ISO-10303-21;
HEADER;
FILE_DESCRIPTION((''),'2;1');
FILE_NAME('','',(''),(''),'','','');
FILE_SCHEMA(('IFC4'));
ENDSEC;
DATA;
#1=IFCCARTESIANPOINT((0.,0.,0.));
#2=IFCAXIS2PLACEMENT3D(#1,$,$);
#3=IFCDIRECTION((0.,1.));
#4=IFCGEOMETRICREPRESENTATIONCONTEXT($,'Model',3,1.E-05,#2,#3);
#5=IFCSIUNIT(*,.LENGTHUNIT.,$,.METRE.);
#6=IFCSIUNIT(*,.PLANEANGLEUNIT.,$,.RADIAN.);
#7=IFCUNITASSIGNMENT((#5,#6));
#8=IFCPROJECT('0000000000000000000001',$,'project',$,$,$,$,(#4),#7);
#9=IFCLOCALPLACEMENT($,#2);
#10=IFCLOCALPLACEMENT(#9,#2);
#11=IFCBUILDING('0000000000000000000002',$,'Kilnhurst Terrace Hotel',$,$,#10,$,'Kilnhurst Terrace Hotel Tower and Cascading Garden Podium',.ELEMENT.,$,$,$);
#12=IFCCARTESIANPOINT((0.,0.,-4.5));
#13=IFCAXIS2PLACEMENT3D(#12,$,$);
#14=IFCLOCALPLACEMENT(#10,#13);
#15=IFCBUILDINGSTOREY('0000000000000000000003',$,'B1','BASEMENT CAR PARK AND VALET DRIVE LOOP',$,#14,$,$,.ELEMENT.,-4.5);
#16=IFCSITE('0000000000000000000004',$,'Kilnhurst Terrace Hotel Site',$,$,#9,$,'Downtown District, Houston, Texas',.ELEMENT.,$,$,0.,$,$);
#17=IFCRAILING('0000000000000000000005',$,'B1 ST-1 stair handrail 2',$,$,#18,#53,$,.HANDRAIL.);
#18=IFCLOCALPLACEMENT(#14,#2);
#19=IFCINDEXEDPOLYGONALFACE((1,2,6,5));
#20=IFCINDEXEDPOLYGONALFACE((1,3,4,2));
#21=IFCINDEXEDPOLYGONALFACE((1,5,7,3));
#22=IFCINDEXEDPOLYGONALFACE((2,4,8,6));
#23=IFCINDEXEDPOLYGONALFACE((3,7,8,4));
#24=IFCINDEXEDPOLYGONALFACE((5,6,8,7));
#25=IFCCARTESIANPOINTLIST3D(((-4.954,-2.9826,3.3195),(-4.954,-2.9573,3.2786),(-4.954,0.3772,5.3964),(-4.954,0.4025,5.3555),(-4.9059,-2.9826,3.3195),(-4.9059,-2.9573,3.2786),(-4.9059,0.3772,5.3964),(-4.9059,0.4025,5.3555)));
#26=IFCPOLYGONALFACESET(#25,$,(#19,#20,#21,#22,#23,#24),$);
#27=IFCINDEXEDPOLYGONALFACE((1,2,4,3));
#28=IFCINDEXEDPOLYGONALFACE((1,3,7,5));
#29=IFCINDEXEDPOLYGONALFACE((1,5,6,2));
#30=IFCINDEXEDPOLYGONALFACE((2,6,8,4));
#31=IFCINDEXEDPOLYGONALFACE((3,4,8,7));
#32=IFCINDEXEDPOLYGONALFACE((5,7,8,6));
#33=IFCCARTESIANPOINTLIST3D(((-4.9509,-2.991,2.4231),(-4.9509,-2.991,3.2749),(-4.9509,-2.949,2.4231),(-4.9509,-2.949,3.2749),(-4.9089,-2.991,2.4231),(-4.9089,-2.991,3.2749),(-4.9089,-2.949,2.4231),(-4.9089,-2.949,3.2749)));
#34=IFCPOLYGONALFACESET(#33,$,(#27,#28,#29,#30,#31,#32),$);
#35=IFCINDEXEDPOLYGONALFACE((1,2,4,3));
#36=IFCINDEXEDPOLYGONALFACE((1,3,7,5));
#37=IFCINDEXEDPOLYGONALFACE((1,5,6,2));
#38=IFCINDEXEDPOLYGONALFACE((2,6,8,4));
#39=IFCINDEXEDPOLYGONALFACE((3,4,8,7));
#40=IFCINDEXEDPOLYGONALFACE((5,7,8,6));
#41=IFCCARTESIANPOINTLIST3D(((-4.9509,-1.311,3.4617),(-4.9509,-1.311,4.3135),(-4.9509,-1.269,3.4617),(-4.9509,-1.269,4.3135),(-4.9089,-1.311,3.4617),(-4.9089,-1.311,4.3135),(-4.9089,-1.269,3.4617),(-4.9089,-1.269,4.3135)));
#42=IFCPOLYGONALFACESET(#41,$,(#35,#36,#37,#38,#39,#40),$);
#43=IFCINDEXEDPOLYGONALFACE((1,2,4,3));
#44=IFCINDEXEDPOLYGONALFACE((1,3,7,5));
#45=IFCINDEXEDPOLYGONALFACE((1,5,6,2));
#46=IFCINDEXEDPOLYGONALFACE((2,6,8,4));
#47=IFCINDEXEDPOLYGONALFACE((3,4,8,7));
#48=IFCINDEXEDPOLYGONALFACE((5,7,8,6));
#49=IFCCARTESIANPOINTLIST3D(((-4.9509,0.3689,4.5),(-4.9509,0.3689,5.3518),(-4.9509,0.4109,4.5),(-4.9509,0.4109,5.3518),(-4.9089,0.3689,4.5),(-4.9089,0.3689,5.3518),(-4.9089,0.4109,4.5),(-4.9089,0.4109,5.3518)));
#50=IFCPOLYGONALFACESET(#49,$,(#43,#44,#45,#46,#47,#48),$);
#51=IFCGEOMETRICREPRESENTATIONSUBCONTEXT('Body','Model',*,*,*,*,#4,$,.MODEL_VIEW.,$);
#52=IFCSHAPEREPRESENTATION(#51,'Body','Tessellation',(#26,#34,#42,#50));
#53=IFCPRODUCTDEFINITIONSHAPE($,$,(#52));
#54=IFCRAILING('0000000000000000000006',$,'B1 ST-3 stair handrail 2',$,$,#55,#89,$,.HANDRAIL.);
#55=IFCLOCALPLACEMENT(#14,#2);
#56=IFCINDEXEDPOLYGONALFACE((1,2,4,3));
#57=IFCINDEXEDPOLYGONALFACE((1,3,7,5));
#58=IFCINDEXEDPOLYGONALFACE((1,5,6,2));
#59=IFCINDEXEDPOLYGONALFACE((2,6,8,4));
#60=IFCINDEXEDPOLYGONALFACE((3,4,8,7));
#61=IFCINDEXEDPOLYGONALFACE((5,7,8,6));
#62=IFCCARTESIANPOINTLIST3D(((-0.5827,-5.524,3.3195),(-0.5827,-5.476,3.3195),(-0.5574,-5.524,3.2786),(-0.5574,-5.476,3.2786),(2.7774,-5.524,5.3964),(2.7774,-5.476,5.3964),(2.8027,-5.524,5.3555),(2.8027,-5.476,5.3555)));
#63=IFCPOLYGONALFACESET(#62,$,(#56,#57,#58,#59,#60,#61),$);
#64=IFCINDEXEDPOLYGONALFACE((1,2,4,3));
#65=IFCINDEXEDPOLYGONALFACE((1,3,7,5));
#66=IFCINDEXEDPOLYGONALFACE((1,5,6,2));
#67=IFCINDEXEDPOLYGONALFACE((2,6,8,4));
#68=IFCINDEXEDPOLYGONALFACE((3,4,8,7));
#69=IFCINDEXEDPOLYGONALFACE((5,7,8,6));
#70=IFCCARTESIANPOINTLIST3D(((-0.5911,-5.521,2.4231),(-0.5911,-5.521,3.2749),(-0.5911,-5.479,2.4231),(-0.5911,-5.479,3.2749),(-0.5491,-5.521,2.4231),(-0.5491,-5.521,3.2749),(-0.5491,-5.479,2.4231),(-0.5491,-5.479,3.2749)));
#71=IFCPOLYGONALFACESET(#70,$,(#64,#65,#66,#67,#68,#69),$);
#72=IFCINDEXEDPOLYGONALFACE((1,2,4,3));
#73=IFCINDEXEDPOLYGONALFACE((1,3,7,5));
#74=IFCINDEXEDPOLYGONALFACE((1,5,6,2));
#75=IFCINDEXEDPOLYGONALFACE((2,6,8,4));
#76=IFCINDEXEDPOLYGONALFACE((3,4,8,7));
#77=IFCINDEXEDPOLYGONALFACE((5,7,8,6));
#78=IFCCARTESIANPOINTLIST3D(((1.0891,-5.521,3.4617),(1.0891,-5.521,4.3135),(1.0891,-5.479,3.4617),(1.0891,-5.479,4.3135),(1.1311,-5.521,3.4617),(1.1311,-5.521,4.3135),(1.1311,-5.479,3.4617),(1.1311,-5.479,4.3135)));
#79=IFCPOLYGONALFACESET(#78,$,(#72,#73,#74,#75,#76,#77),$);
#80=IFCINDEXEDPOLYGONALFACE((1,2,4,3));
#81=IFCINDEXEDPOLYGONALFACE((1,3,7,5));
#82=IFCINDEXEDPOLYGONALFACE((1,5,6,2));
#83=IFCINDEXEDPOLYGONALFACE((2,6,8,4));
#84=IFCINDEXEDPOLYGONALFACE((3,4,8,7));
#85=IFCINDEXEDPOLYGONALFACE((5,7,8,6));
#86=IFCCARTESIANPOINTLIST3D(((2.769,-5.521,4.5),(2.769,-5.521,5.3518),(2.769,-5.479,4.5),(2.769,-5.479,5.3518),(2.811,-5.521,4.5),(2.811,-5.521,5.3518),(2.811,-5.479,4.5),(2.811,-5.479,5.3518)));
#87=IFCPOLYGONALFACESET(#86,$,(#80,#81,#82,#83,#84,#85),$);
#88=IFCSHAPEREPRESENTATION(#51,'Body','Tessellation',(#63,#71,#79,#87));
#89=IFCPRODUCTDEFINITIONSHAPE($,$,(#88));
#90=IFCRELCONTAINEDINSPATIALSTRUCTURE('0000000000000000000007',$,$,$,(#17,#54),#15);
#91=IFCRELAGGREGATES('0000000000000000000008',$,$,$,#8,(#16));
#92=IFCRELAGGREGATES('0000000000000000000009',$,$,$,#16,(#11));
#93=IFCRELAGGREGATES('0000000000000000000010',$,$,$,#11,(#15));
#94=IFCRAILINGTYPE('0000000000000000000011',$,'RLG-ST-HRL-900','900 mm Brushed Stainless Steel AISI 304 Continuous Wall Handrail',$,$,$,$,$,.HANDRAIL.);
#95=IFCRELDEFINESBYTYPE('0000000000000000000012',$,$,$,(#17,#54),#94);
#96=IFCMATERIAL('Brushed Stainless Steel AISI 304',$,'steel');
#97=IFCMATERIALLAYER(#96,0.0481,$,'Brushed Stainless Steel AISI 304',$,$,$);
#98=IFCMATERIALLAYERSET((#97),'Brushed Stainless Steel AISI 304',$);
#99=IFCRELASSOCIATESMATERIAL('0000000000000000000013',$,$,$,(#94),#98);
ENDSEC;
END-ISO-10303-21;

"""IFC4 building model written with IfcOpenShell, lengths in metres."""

from ifc_helpers import new_model, si_unit, direction, frame, origin, origin_2d, place, context, subcontext, project, spatial, rectangle, extrude, material, layer, layer_set, type_object, element, save


model = new_model("IFC4")

# Units and contexts
model_context = context("Model", 3, precision=1e-05, world=origin(), true_north=direction((0.0, 1.0)))
body_context = subcontext(model_context, "Body", "Model", "MODEL_VIEW")
ifc_project = project(units=[si_unit("LENGTHUNIT", "METRE"), si_unit("PLANEANGLEUNIT", "RADIAN")], contexts=[model_context])

# Site, building, storey
site_placement = place(None, origin())
site = spatial("IfcSite", under=ifc_project, at=site_placement, Name="Kilnhurst Terrace Hotel Site", LongName="Downtown District, Houston, Texas", CompositionType="ELEMENT", RefElevation=0.0)
building_placement = place(site_placement, origin())
building = spatial("IfcBuilding", under=site, at=building_placement, Name="Kilnhurst Terrace Hotel", LongName="Kilnhurst Terrace Hotel Tower and Cascading Garden Podium", CompositionType="ELEMENT")
storey_placement = place(building_placement, frame((0.0, 0.0, -4.5)))
storey = spatial("IfcBuildingStorey", under=building, at=storey_placement, Name="B1", Description="BASEMENT CAR PARK AND VALET DRIVE LOOP", CompositionType="ELEMENT", Elevation=-4.5)

# Railings
ifc_material_1 = material(Name="Brushed Stainless Steel AISI 304", Category="steel")
ifc_layer_1 = layer(ifc_material_1, 0.0481, Name="Brushed Stainless Steel AISI 304")
ifc_layer_set_1 = layer_set([ifc_layer_1], Name="Brushed Stainless Steel AISI 304")
railing_type_1 = type_object("IfcRailingType", Name="RLG-ST-HRL-900", Description="900 mm Brushed Stainless Steel AISI 304 Continuous Wall Handrail", PredefinedType="HANDRAIL", material=ifc_layer_set_1)
railing_1_placement = place(storey_placement, frame((-4.9299, -2.97, 2.4231)))
element("IfcRailing", 1, at=railing_1_placement, inside=storey, type_object=railing_type_1, Name="B1 ST-1 stair handrail 2", PredefinedType="HANDRAIL", context=body_context, shape_type="SweptSolid", body=[
    extrude(rectangle(XDim=0.0481, YDim=0.0481, at=origin_2d()), frame((0.0, 0.0, 0.876), z_axis=(0.0, 0.850606, 0.525803), x_axis=(-1.0, 0.0, 0.0)), (0.0, 0.0, 1.0), 3.95),
    extrude(rectangle(XDim=0.042, YDim=0.042, at=origin_2d()), origin(), (0.0, 0.0, 1.0), 0.8518),
    extrude(rectangle(XDim=0.042, YDim=0.042, at=origin_2d()), frame((0.0, 1.6799, 1.0386)), (0.0, 0.0, 1.0), 0.8518),
    extrude(rectangle(XDim=0.042, YDim=0.042, at=origin_2d()), frame((0.0, 3.3599, 2.0769)), (0.0, 0.0, 1.0), 0.8518),
])
railing_2_placement = place(storey_placement, frame((-0.5701, -5.5, 2.4231)))
element("IfcRailing", 2, at=railing_2_placement, inside=storey, type_object=railing_type_1, Name="B1 ST-3 stair handrail 2", PredefinedType="HANDRAIL", context=body_context, shape_type="SweptSolid", body=[
    extrude(rectangle(XDim=0.0481, YDim=0.0481, at=origin_2d()), frame((0.0, 0.0, 0.876), z_axis=(0.850623, 0.0, 0.525776), x_axis=(0.0, 1.0, 0.0)), (0.0, 0.0, 1.0), 3.9502),
    extrude(rectangle(XDim=0.042, YDim=0.042, at=origin_2d()), origin(), (0.0, 0.0, 1.0), 0.8518),
    extrude(rectangle(XDim=0.042, YDim=0.042, at=origin_2d()), frame((1.6802, 0.0, 1.0386)), (0.0, 0.0, 1.0), 0.8518),
    extrude(rectangle(XDim=0.042, YDim=0.042, at=origin_2d()), frame((3.3601, 0.0, 2.0769)), (0.0, 0.0, 1.0), 0.8518),
])

save(model, "model.ifc")
